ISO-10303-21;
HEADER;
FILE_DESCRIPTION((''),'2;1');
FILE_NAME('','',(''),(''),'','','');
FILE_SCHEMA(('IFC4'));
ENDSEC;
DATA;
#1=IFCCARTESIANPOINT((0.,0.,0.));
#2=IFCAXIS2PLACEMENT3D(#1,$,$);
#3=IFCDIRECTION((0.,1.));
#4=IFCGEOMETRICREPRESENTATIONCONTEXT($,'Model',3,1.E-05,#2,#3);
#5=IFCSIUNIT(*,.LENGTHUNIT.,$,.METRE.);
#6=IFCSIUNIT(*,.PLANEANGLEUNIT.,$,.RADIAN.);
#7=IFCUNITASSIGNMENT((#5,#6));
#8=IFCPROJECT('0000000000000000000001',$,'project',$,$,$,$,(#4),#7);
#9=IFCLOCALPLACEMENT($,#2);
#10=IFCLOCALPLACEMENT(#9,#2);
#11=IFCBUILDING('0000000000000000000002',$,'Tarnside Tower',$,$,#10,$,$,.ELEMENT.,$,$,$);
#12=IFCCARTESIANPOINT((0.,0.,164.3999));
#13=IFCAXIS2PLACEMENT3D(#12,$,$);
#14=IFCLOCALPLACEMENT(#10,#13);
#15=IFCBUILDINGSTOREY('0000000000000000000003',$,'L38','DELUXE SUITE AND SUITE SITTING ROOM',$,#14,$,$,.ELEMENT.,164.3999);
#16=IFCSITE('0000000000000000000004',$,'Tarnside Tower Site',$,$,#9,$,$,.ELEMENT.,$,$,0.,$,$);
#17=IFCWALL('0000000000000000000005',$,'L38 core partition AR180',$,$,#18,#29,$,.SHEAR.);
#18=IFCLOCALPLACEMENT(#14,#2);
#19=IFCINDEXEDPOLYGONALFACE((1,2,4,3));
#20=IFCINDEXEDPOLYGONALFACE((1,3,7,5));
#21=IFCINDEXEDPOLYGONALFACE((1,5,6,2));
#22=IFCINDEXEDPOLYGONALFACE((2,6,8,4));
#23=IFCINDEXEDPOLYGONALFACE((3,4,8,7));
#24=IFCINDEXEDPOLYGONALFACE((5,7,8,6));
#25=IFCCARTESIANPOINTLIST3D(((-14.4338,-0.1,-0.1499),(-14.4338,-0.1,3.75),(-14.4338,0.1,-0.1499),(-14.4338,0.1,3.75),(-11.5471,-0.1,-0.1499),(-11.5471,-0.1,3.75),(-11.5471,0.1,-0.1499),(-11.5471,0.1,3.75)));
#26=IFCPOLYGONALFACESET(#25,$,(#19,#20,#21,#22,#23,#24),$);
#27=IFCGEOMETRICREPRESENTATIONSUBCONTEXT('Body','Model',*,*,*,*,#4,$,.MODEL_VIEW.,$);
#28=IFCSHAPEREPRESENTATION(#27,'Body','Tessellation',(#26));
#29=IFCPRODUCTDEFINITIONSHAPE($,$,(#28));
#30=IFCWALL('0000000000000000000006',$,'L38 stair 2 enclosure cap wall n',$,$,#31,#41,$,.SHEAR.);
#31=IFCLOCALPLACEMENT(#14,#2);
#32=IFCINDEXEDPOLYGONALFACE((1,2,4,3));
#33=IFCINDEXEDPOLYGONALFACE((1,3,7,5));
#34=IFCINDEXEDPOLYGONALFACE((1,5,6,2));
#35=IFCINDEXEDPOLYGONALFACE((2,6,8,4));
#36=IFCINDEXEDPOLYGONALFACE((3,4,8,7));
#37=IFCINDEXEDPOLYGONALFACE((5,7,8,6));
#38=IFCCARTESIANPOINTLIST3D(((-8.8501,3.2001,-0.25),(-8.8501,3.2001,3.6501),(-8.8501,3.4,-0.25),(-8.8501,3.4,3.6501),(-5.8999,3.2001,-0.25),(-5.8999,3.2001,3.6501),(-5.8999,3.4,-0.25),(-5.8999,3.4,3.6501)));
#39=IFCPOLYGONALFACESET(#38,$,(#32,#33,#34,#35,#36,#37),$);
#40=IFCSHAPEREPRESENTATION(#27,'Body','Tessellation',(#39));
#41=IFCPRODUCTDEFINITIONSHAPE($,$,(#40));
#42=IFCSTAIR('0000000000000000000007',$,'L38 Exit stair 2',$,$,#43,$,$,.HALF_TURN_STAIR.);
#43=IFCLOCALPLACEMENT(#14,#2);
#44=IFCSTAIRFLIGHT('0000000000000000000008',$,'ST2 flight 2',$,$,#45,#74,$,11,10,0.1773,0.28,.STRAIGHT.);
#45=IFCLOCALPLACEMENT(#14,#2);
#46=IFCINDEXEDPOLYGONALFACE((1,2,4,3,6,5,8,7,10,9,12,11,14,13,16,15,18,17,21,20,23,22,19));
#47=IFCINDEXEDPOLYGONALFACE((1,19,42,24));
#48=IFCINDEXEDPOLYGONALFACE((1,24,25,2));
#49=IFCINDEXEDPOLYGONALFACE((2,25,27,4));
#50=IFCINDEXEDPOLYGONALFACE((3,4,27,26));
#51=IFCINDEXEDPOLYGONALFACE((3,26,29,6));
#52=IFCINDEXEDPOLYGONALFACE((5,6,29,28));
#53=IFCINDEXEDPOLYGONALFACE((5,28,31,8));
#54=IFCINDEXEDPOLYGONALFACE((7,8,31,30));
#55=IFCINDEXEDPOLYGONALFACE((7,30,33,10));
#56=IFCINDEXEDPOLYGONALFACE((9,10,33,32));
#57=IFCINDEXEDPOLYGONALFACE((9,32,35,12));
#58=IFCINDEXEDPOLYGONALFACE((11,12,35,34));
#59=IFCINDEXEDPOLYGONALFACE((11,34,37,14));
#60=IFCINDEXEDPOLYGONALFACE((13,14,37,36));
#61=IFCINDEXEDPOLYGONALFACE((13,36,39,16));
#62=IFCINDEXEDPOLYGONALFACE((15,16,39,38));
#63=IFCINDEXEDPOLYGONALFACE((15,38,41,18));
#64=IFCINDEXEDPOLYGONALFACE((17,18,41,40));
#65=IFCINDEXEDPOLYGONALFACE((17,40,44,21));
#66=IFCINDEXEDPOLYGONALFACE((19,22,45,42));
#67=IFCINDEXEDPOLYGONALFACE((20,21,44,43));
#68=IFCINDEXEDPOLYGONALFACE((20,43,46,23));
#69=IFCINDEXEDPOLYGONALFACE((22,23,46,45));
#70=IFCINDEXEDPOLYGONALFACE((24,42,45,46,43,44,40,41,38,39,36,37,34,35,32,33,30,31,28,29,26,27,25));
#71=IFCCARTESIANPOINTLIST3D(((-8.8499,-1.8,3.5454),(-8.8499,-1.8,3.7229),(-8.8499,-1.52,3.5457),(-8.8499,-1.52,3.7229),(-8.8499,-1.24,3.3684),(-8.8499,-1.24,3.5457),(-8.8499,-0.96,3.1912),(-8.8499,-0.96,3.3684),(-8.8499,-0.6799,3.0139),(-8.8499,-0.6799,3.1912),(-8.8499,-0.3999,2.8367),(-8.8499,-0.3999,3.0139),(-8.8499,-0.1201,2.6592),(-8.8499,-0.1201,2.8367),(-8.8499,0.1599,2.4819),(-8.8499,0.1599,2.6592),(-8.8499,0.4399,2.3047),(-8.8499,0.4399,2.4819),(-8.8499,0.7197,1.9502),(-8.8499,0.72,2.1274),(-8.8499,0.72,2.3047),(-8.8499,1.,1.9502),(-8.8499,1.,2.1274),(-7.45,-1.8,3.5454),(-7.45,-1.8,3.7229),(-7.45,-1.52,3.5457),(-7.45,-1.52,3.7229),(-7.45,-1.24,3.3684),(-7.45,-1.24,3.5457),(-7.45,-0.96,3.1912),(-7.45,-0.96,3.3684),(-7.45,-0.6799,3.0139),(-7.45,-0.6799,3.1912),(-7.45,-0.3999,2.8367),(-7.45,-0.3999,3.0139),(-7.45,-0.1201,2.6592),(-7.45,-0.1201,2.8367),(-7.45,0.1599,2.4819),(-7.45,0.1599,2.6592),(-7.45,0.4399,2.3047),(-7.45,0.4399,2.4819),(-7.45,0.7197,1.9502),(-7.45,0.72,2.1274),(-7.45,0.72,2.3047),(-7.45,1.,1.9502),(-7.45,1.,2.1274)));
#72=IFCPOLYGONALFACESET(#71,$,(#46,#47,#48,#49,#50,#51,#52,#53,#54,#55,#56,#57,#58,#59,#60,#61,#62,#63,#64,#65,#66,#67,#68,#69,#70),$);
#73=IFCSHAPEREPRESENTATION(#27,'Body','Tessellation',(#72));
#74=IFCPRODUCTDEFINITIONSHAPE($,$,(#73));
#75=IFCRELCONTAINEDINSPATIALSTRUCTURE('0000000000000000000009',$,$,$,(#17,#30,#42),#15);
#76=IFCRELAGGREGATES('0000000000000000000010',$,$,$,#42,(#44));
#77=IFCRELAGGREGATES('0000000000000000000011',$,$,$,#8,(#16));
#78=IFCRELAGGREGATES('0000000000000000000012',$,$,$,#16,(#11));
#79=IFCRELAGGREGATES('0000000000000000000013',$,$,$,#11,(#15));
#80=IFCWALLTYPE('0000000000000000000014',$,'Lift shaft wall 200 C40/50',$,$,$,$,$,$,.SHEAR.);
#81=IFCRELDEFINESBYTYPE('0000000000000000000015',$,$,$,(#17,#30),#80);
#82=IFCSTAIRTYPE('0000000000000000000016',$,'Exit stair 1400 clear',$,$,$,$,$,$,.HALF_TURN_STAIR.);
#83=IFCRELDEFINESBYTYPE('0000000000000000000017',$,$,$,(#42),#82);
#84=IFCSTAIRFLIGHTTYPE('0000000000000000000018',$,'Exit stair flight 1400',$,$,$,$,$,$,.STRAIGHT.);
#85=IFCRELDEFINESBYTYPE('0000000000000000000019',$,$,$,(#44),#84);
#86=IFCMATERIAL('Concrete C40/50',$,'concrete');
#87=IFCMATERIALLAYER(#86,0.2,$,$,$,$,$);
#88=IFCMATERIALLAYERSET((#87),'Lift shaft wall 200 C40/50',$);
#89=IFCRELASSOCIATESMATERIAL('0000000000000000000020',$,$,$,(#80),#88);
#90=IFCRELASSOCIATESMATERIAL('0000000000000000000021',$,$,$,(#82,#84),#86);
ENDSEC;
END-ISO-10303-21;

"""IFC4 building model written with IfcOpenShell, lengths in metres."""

from ifc_helpers import new_model, si_unit, direction, frame, frame_2d, origin, place, context, subcontext, project, spatial, polyline, rectangle, outline, extrude, material, layer, layer_set, type_object, element, aggregate, save


model = new_model("IFC4")

# Units and contexts
model_context = context("Model", 3, precision=1e-05, world=origin(), true_north=direction((0.0, 1.0)))
body_context = subcontext(model_context, "Body", "Model", "MODEL_VIEW")
ifc_project = project(units=[si_unit("LENGTHUNIT", "METRE"), si_unit("PLANEANGLEUNIT", "RADIAN")], contexts=[model_context])

# Site, building, storey
site_placement = place(None, origin())
site = spatial("IfcSite", under=ifc_project, at=site_placement, Name="Tarnside Tower Site", CompositionType="ELEMENT", RefElevation=0.0)
building_placement = place(site_placement, origin())
building = spatial("IfcBuilding", under=site, at=building_placement, Name="Tarnside Tower", CompositionType="ELEMENT")
storey_placement = place(building_placement, frame((0.0, 0.0, 164.3999)))
storey = spatial("IfcBuildingStorey", under=building, at=storey_placement, Name="L38", Description="DELUXE SUITE AND SUITE SITTING ROOM", CompositionType="ELEMENT", Elevation=164.3999)

# Walls
ifc_material_1 = material(Name="Concrete C40/50", Category="concrete")
ifc_layer_1 = layer(ifc_material_1, 0.2)
ifc_layer_set_1 = layer_set([ifc_layer_1], Name="Lift shaft wall 200 C40/50")
wall_type_1 = type_object("IfcWallType", Name="Lift shaft wall 200 C40/50", PredefinedType="SHEAR", material=ifc_layer_set_1)
for number, where, z_axis, x_axis, name in (
    (1, (-11.5471, 0.0, -0.1499), (0.0, 0.0, 1.0), (-1.0, 0.0, 0.0), "L38 core partition AR180"),
):
    element("IfcWall", number, at=place(storey_placement, frame(where, z_axis=z_axis, x_axis=x_axis)), inside=storey, type_object=wall_type_1, Name=name, PredefinedType="SHEAR", context=body_context, shape_type="SweptSolid", body=[
        extrude(rectangle(XDim=2.8867, YDim=0.2, at=frame_2d((1.4434, 0.0))), origin(), (0.0, 0.0, 1.0), 3.8999),
    ])
wall_1_placement = place(storey_placement, frame((-8.8501, 3.3, -0.25), z_axis=(0.0, 0.0, 1.0), x_axis=(1.0, 0.0, 0.0)))
element("IfcWall", 2, at=wall_1_placement, inside=storey, type_object=wall_type_1, Name="L38 stair 2 enclosure cap wall n", PredefinedType="SHEAR", context=body_context, shape_type="SweptSolid", body=[
    extrude(rectangle(XDim=2.9502, YDim=0.2, at=frame_2d((1.4751, 0.0))), origin(), (0.0, 0.0, 1.0), 3.9001),
])

# Stair, stair flight
stair_type = type_object("IfcStairType", Name="Exit stair 1400 clear", PredefinedType="HALF_TURN_STAIR", material=ifc_material_1)
stair_placement = place(storey_placement, origin())
stair = element("IfcStair", 3, at=stair_placement, inside=storey, type_object=stair_type, Name="L38 Exit stair 2", PredefinedType="HALF_TURN_STAIR")
stair_flight_type = type_object("IfcStairFlightType", Name="Exit stair flight 1400", PredefinedType="STRAIGHT", material=ifc_material_1)
stair_flight_placement = place(storey_placement, frame((-8.1499, 1.0, 1.9502), z_axis=(0.0, 0.0, 1.0), x_axis=(0.0, -1.0, 0.0)))
stair_flight = element("IfcStairFlight", 4, at=stair_flight_placement, type_object=stair_flight_type, Name="ST2 flight 2", NumberOfRisers=11, NumberOfTreads=10, PredefinedType="STRAIGHT", RiserHeight=0.1773, TreadLength=0.28, context=body_context, shape_type="SweptSolid", body=[
    extrude(outline(polyline([(0.0, 0.0), (0.0, 0.1772), (0.28, 0.1772), (0.28, 0.3545), (0.5601, 0.3545), (0.5601, 0.5317), (0.8401, 0.5317), (0.8401, 0.709), (1.1201, 0.709), (1.1201, 0.8865), (1.3999, 0.8865), (1.3999, 1.0637), (1.6799, 1.0637), (1.6799, 1.241), (1.96, 1.241), (1.96, 1.4182), (2.24, 1.4182), (2.24, 1.5955), (2.52, 1.5955), (2.52, 1.7727), (2.8, 1.7727), (2.8, 1.95), (2.8, 1.5952), (0.2803, 0.0), (0.0, 0.0)])), frame((0.0, 0.7, 0.0), z_axis=(0.0, -1.0, 0.0), x_axis=(1.0, 0.0, 0.0)), (0.0, 0.0, 1.0), 1.3999),
])
aggregate(stair, [stair_flight])

save(model, "model.ifc")
